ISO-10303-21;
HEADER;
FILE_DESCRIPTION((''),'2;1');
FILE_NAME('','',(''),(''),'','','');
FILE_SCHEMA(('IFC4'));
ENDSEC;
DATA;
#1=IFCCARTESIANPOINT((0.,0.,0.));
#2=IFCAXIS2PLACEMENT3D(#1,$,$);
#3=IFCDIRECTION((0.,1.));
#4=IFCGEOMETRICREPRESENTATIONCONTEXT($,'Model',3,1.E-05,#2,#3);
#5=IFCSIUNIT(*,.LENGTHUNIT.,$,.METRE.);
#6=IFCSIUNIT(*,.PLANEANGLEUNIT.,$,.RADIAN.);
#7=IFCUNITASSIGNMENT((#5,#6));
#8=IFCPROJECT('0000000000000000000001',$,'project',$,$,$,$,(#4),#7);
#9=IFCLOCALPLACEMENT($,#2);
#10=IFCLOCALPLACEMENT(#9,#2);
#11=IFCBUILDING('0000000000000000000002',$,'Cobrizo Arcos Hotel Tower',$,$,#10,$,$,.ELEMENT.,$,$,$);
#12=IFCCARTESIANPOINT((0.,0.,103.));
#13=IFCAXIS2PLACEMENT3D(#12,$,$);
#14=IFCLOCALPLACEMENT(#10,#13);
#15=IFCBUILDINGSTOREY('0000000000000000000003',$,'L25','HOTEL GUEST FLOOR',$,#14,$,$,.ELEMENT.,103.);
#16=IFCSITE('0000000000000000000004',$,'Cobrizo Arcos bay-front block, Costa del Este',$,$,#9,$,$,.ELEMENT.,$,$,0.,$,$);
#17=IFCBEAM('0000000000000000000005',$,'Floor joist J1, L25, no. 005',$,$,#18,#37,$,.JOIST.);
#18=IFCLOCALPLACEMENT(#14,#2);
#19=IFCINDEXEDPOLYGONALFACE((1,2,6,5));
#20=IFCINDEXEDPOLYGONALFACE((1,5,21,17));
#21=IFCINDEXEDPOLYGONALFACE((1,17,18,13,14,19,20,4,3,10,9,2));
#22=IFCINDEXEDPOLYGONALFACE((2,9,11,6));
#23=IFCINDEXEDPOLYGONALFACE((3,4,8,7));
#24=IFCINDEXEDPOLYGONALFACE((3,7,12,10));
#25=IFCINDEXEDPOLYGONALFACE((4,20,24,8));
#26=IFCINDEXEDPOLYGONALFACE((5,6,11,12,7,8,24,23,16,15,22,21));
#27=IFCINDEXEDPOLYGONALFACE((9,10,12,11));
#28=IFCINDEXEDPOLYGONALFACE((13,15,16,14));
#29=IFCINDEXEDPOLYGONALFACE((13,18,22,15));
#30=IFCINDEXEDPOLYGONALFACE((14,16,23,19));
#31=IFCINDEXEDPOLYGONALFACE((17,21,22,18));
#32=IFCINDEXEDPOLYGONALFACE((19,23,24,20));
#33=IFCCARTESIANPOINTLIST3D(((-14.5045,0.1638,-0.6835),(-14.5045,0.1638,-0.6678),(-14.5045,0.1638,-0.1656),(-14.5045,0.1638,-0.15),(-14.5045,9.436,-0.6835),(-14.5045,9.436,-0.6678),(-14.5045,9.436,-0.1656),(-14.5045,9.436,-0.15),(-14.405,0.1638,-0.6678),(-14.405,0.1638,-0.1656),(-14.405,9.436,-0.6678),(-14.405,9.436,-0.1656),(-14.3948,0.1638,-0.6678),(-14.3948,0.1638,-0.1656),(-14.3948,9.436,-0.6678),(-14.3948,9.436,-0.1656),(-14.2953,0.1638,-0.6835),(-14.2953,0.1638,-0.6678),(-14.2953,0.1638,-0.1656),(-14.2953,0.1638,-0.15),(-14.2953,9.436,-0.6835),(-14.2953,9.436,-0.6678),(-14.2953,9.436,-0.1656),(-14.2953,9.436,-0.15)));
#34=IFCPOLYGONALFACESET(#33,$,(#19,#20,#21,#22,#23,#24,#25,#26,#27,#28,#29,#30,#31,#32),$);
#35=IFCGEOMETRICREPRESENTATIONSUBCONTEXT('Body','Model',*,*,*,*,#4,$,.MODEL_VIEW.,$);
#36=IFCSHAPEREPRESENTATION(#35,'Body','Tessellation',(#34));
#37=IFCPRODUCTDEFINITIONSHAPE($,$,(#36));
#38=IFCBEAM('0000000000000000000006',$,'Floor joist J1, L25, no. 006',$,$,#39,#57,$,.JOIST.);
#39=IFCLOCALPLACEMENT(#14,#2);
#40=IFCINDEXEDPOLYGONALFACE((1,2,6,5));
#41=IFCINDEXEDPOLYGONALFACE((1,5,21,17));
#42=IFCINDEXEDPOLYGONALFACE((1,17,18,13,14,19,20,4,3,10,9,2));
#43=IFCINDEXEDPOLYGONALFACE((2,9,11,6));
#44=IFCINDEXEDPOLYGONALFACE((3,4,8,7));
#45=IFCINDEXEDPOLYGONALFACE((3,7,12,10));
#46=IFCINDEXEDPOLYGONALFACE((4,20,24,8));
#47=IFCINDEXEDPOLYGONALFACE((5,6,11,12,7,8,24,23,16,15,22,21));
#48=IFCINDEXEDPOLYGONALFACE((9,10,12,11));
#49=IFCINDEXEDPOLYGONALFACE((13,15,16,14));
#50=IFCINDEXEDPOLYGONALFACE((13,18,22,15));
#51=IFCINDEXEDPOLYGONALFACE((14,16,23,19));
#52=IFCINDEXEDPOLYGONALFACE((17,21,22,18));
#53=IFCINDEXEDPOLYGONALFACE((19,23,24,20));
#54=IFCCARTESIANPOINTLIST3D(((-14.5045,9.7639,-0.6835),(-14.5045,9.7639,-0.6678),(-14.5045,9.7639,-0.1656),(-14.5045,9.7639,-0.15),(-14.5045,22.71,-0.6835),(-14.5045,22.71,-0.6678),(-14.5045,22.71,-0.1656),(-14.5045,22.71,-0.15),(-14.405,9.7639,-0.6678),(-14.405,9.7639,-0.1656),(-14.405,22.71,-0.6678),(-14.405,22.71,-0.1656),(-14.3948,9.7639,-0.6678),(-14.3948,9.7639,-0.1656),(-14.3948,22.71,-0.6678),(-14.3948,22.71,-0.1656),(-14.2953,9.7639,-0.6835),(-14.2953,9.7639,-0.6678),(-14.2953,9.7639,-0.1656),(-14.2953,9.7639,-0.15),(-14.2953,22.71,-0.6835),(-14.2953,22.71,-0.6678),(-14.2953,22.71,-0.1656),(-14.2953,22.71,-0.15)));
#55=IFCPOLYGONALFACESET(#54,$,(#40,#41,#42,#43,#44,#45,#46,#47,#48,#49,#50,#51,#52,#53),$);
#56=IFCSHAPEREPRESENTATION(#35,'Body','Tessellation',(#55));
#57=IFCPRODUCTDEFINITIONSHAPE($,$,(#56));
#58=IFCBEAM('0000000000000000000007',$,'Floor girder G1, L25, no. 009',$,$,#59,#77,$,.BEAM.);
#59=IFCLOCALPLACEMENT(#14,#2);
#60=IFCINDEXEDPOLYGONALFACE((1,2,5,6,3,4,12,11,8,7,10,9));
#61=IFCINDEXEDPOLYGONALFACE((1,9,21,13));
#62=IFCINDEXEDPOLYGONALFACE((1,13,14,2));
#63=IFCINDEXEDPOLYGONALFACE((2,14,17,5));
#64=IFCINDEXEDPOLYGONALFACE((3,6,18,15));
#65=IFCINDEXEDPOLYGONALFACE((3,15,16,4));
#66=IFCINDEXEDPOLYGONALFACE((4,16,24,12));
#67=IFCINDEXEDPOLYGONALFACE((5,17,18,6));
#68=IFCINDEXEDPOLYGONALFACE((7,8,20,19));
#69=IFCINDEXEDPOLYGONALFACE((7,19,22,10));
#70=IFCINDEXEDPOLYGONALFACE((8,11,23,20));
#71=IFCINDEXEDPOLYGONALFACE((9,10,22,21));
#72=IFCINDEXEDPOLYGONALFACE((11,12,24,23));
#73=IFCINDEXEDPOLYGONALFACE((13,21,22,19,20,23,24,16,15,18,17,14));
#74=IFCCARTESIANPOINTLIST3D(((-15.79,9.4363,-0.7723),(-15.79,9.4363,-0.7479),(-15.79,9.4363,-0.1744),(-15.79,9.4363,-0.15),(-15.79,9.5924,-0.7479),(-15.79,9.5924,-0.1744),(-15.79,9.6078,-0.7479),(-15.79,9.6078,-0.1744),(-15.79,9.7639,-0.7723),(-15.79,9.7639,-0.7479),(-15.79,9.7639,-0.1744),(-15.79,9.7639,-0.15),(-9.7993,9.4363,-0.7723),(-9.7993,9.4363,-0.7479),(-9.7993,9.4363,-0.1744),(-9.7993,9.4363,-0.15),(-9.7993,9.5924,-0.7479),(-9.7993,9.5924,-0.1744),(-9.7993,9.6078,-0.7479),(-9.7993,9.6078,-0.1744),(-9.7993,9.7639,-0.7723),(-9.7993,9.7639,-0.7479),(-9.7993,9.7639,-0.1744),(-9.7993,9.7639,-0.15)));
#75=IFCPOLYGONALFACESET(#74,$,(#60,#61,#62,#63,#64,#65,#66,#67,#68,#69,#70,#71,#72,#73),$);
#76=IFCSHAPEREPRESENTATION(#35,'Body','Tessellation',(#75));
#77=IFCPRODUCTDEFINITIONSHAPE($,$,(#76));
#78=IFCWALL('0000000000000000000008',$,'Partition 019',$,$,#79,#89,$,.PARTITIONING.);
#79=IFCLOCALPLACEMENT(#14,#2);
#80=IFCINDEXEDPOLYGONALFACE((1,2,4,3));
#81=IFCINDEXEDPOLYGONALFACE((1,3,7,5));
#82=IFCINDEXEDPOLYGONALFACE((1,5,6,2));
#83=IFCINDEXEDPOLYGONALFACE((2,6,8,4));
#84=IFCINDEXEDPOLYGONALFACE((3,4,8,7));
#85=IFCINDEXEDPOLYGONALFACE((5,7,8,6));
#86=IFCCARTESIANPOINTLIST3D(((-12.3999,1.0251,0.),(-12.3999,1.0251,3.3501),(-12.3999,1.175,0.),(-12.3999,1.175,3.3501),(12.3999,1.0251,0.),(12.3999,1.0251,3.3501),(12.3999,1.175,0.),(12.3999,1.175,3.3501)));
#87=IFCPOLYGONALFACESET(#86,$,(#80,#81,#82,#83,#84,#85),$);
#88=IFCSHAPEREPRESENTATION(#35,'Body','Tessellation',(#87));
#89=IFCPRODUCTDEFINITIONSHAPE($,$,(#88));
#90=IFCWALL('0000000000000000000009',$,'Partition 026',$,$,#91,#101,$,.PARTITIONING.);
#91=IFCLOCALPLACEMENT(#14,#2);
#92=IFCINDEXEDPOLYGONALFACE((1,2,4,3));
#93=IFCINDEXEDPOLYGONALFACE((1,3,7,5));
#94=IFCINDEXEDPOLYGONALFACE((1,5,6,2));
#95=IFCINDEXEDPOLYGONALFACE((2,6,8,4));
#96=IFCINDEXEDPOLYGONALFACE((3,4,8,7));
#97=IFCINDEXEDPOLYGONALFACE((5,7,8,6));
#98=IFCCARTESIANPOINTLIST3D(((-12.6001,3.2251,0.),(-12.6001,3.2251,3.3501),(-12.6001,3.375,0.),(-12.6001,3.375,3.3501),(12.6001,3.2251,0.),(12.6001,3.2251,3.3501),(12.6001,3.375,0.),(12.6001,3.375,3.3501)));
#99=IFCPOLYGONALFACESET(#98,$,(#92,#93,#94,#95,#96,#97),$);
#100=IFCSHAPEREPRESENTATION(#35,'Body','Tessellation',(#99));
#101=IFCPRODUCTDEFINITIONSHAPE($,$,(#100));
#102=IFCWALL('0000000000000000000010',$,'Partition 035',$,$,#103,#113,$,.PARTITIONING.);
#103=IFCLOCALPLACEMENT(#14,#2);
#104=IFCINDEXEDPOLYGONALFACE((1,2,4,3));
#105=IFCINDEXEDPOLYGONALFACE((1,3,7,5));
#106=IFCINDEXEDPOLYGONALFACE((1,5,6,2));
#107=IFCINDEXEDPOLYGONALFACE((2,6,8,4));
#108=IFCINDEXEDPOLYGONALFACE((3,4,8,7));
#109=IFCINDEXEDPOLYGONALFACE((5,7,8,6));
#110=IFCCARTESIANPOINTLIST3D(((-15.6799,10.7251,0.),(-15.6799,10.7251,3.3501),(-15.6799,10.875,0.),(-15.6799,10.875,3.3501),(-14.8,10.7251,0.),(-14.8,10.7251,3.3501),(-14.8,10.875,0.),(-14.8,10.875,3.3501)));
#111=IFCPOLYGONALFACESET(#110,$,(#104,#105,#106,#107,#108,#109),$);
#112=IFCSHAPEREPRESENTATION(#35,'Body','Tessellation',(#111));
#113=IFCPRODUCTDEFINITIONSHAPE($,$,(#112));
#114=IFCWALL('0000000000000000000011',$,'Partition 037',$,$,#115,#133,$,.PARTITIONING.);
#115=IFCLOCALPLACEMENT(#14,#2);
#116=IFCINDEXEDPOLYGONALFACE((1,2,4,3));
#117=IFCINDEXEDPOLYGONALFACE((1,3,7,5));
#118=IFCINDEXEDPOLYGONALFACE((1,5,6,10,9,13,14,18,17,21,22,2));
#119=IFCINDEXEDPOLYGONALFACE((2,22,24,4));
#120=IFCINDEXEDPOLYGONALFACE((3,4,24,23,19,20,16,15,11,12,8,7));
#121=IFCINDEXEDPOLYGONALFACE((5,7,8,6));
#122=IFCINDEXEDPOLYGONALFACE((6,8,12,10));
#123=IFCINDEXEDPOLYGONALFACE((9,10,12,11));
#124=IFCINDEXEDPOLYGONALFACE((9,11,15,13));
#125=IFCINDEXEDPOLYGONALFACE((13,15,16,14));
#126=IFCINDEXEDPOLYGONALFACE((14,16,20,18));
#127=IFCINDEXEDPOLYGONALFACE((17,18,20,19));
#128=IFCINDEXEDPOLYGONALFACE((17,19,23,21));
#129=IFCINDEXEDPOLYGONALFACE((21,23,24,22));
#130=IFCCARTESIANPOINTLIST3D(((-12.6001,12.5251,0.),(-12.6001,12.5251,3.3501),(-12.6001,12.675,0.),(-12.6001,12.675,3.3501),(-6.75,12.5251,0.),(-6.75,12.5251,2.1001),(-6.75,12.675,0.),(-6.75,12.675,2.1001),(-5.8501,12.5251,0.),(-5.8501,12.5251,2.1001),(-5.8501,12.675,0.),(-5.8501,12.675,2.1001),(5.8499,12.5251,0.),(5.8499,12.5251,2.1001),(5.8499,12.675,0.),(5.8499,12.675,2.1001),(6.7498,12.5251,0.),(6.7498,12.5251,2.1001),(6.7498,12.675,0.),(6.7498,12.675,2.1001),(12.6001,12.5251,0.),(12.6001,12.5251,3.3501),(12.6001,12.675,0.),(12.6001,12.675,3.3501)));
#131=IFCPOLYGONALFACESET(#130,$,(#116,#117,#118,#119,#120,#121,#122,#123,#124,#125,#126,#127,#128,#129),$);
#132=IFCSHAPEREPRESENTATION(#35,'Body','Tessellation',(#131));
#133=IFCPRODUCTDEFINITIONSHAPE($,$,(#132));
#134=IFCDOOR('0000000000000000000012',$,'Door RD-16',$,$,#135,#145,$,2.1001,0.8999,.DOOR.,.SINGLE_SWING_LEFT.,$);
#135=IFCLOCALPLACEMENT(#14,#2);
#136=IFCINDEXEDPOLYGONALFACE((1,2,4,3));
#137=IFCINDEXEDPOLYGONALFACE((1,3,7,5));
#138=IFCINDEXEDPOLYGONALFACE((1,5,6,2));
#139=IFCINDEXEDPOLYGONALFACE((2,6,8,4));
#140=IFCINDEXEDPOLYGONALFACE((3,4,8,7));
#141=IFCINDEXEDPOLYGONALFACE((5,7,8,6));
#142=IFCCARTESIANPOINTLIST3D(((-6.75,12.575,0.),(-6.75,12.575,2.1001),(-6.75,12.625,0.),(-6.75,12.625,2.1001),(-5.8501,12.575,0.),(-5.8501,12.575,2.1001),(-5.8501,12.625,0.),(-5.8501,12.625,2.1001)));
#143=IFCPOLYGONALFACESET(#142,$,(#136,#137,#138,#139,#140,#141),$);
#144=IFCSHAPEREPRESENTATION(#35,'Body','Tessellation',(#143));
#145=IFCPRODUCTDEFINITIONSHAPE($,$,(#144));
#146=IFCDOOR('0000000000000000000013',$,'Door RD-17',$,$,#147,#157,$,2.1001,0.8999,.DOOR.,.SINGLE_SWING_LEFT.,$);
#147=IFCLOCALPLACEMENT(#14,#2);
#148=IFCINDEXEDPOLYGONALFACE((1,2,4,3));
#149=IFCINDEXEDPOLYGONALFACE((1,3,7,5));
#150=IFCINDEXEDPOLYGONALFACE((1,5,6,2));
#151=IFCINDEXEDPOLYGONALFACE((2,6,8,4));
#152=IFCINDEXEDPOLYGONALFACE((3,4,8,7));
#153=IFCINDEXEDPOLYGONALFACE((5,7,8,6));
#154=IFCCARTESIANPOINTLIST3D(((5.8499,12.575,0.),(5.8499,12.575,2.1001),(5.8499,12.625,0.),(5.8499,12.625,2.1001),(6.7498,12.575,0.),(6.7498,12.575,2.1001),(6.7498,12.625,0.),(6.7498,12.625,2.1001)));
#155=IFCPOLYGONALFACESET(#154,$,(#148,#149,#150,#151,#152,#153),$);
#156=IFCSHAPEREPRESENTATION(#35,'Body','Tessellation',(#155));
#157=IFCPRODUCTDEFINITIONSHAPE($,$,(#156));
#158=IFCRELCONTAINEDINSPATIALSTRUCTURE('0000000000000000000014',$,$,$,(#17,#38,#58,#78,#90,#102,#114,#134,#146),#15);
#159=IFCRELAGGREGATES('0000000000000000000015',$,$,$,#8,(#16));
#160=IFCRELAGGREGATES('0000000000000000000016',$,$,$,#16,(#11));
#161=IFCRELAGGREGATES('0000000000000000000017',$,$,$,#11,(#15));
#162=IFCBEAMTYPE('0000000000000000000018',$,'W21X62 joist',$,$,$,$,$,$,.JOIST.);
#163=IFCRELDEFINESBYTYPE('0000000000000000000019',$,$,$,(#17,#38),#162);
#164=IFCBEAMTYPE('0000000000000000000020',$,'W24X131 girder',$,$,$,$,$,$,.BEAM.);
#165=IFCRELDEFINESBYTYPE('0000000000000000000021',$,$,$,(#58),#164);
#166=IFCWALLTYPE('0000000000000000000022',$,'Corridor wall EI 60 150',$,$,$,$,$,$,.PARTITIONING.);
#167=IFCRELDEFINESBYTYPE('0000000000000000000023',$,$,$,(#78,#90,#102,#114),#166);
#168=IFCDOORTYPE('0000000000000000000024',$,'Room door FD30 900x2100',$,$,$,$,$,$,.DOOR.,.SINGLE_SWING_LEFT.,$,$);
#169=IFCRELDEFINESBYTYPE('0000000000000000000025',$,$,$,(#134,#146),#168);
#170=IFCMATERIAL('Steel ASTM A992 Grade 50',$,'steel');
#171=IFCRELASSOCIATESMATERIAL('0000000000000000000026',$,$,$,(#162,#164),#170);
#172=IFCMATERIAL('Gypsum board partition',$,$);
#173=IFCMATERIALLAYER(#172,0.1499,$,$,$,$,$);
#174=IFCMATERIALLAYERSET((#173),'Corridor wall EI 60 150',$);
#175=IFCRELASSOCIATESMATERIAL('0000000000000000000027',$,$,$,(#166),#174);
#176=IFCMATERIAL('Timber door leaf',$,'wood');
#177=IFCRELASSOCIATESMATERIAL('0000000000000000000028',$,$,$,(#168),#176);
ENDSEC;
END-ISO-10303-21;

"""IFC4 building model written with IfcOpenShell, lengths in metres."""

from ifc_helpers import new_model, si_unit, direction, frame, frame_2d, origin, origin_2d, place, context, subcontext, project, spatial, rectangle, i_section, extrude, material, layer, layer_set, material_profile, profile_set, type_object, element, fill, save


model = new_model("IFC4")

# Units and contexts
model_context = context("Model", 3, precision=1e-05, world=origin(), true_north=direction((0.0, 1.0)))
body_context = subcontext(model_context, "Body", "Model", "MODEL_VIEW")
ifc_project = project(units=[si_unit("LENGTHUNIT", "METRE"), si_unit("PLANEANGLEUNIT", "RADIAN")], contexts=[model_context])

# Site, building, storey
site_placement = place(None, origin())
site = spatial("IfcSite", under=ifc_project, at=site_placement, Name="Cobrizo Arcos bay-front block, Costa del Este", CompositionType="ELEMENT", RefElevation=0.0)
building_placement = place(site_placement, origin())
building = spatial("IfcBuilding", under=site, at=building_placement, Name="Cobrizo Arcos Hotel Tower", CompositionType="ELEMENT")
storey_placement = place(building_placement, frame((0.0, 0.0, 103.0)))
storey = spatial("IfcBuildingStorey", under=building, at=storey_placement, Name="L25", Description="HOTEL GUEST FLOOR", CompositionType="ELEMENT", Elevation=103.0)

# Beams
ifc_material_1 = material(Name="Steel ASTM A992 Grade 50", Category="steel")
ifc_material_profile_1 = material_profile(ifc_material_1, i_section(OverallWidth=0.2092, OverallDepth=0.5334, WebThickness=0.0103, FlangeThickness=0.0156, at=origin_2d()), Name="W21X62")
ifc_profile_set_1 = profile_set([ifc_material_profile_1], Name="Steel ASTM A992 Grade 50")
beam_type_1 = type_object("IfcBeamType", Name="W21X62 joist", PredefinedType="JOIST", material=ifc_profile_set_1)
beam_1_placement = place(storey_placement, frame((-14.3999, 0.1638, -0.4167), z_axis=(0.0, 1.0, 0.0), x_axis=(-1.0, 0.0, 0.0)))
element("IfcBeam", 1, at=beam_1_placement, inside=storey, type_object=beam_type_1, Name="Floor joist J1, L25, no. 005", PredefinedType="JOIST", context=body_context, shape_type="SweptSolid", body=[
    extrude(i_section(OverallWidth=0.2092, OverallDepth=0.5334, WebThickness=0.0103, FlangeThickness=0.0156, at=origin_2d()), origin(), (0.0, 0.0, 1.0), 9.2722),
])
beam_2_placement = place(storey_placement, frame((-14.3999, 9.7639, -0.4167), z_axis=(0.0, 1.0, 0.0), x_axis=(-1.0, 0.0, 0.0)))
element("IfcBeam", 2, at=beam_2_placement, inside=storey, type_object=beam_type_1, Name="Floor joist J1, L25, no. 006", PredefinedType="JOIST", context=body_context, shape_type="SweptSolid", body=[
    extrude(i_section(OverallWidth=0.2092, OverallDepth=0.5334, WebThickness=0.0103, FlangeThickness=0.0156, at=origin_2d()), origin(), (0.0, 0.0, 1.0), 12.946),
])
ifc_material_profile_2 = material_profile(ifc_material_1, i_section(OverallWidth=0.3276, OverallDepth=0.6223, WebThickness=0.0154, FlangeThickness=0.0244, at=origin_2d()), Name="W24X131")
ifc_profile_set_2 = profile_set([ifc_material_profile_2], Name="Steel ASTM A992 Grade 50")
beam_type_2 = type_object("IfcBeamType", Name="W24X131 girder", PredefinedType="BEAM", material=ifc_profile_set_2)
beam_3_placement = place(storey_placement, frame((-15.79, 9.6001, -0.4612), z_axis=(1.0, 0.0, 0.0), x_axis=(0.0, 1.0, 0.0)))
element("IfcBeam", 3, at=beam_3_placement, inside=storey, type_object=beam_type_2, Name="Floor girder G1, L25, no. 009", PredefinedType="BEAM", context=body_context, shape_type="SweptSolid", body=[
    extrude(i_section(OverallWidth=0.3276, OverallDepth=0.6223, WebThickness=0.0154, FlangeThickness=0.0244, at=origin_2d()), origin(), (0.0, 0.0, 1.0), 5.9907),
])

# Walls
ifc_material_2 = material(Name="Gypsum board partition")
ifc_layer_1 = layer(ifc_material_2, 0.1499)
ifc_layer_set_1 = layer_set([ifc_layer_1], Name="Corridor wall EI 60 150")
wall_type_1 = type_object("IfcWallType", Name="Corridor wall EI 60 150", PredefinedType="PARTITIONING", material=ifc_layer_set_1)
wall_1_placement = place(storey_placement, frame((-12.3999, 1.1001, 0.0), z_axis=(0.0, 0.0, 1.0), x_axis=(1.0, 0.0, 0.0)))
element("IfcWall", 4, at=wall_1_placement, inside=storey, type_object=wall_type_1, Name="Partition 019", PredefinedType="PARTITIONING", context=body_context, shape_type="SweptSolid", body=[
    extrude(rectangle(XDim=24.7998, YDim=0.1499, at=frame_2d((12.3999, 0.0))), origin(), (0.0, 0.0, 1.0), 3.3501),
])
wall_2_placement = place(storey_placement, frame((-12.6001, 3.3, 0.0), z_axis=(0.0, 0.0, 1.0), x_axis=(1.0, 0.0, 0.0)))
element("IfcWall", 5, at=wall_2_placement, inside=storey, type_object=wall_type_1, Name="Partition 026", PredefinedType="PARTITIONING", context=body_context, shape_type="SweptSolid", body=[
    extrude(rectangle(XDim=25.2002, YDim=0.1499, at=frame_2d((12.6001, 0.0))), origin(), (0.0, 0.0, 1.0), 3.3501),
])
wall_3_placement = place(storey_placement, frame((-15.6799, 10.8, 0.0), z_axis=(0.0, 0.0, 1.0), x_axis=(1.0, 0.0, 0.0)))
element("IfcWall", 6, at=wall_3_placement, inside=storey, type_object=wall_type_1, Name="Partition 035", PredefinedType="PARTITIONING", context=body_context, shape_type="SweptSolid", body=[
    extrude(rectangle(XDim=0.8799, YDim=0.1499, at=frame_2d((0.4399, 0.0))), origin(), (0.0, 0.0, 1.0), 3.3501),
])

# Wall, openings, doors
wall_4_placement = place(storey_placement, frame((-12.6001, 12.6001, 0.0), z_axis=(0.0, 0.0, 1.0), x_axis=(1.0, 0.0, 0.0)))
wall_4 = element("IfcWall", 7, at=wall_4_placement, inside=storey, type_object=wall_type_1, Name="Partition 037", PredefinedType="PARTITIONING", context=body_context, shape_type="SweptSolid", body=[
    extrude(rectangle(XDim=25.2002, YDim=0.1499, at=frame_2d((12.6001, 0.0))), origin(), (0.0, 0.0, 1.0), 3.3501),
])
opening_1_placement = place(wall_4_placement, frame((5.8501, 0.0, 0.0)))
opening_1 = element("IfcOpeningElement", 8, at=opening_1_placement, cuts=wall_4, PredefinedType="OPENING", context=body_context, shape_type="SweptSolid", body=[
    extrude(rectangle(XDim=0.8999, YDim=2.1001, at=frame_2d((0.45, 1.05))), frame((0.0, 0.0869, 0.0), z_axis=(0.0, -1.0, 0.0), x_axis=(1.0, 0.0, 0.0)), (0.0, 0.0, 1.0), 0.1738),
])
opening_2_placement = place(wall_4_placement, frame((18.45, 0.0, 0.0)))
opening_2 = element("IfcOpeningElement", 9, at=opening_2_placement, cuts=wall_4, PredefinedType="OPENING", context=body_context, shape_type="SweptSolid", body=[
    extrude(rectangle(XDim=0.8999, YDim=2.1001, at=frame_2d((0.45, 1.05))), frame((0.0, 0.0869, 0.0), z_axis=(0.0, -1.0, 0.0), x_axis=(1.0, 0.0, 0.0)), (0.0, 0.0, 1.0), 0.1738),
])
ifc_material_3 = material(Name="Timber door leaf", Category="wood")
door_type_1 = type_object("IfcDoorType", Name="Room door FD30 900x2100", OperationType="SINGLE_SWING_LEFT", PredefinedType="DOOR", material=ifc_material_3)
door_1_placement = place(opening_1_placement, origin())
door_1 = element("IfcDoor", 10, at=door_1_placement, inside=storey, type_object=door_type_1, Name="Door RD-16", OperationType="SINGLE_SWING_LEFT", OverallHeight=2.1001, OverallWidth=0.8999, PredefinedType="DOOR", context=body_context, shape_type="SweptSolid", body=[
    extrude(rectangle(XDim=0.8999, YDim=2.1001, at=frame_2d((0.45, 1.05))), frame((0.0, 0.0249, 0.0), z_axis=(0.0, -1.0, 0.0), x_axis=(1.0, 0.0, 0.0)), (0.0, 0.0, 1.0), 0.05),
])
fill(opening_1, door_1)
door_2_placement = place(opening_2_placement, origin())
door_2 = element("IfcDoor", 11, at=door_2_placement, inside=storey, type_object=door_type_1, Name="Door RD-17", OperationType="SINGLE_SWING_LEFT", OverallHeight=2.1001, OverallWidth=0.8999, PredefinedType="DOOR", context=body_context, shape_type="SweptSolid", body=[
    extrude(rectangle(XDim=0.8999, YDim=2.1001, at=frame_2d((0.45, 1.05))), frame((0.0, 0.0249, 0.0), z_axis=(0.0, -1.0, 0.0), x_axis=(1.0, 0.0, 0.0)), (0.0, 0.0, 1.0), 0.05),
])
fill(opening_2, door_2)

save(model, "model.ifc")
